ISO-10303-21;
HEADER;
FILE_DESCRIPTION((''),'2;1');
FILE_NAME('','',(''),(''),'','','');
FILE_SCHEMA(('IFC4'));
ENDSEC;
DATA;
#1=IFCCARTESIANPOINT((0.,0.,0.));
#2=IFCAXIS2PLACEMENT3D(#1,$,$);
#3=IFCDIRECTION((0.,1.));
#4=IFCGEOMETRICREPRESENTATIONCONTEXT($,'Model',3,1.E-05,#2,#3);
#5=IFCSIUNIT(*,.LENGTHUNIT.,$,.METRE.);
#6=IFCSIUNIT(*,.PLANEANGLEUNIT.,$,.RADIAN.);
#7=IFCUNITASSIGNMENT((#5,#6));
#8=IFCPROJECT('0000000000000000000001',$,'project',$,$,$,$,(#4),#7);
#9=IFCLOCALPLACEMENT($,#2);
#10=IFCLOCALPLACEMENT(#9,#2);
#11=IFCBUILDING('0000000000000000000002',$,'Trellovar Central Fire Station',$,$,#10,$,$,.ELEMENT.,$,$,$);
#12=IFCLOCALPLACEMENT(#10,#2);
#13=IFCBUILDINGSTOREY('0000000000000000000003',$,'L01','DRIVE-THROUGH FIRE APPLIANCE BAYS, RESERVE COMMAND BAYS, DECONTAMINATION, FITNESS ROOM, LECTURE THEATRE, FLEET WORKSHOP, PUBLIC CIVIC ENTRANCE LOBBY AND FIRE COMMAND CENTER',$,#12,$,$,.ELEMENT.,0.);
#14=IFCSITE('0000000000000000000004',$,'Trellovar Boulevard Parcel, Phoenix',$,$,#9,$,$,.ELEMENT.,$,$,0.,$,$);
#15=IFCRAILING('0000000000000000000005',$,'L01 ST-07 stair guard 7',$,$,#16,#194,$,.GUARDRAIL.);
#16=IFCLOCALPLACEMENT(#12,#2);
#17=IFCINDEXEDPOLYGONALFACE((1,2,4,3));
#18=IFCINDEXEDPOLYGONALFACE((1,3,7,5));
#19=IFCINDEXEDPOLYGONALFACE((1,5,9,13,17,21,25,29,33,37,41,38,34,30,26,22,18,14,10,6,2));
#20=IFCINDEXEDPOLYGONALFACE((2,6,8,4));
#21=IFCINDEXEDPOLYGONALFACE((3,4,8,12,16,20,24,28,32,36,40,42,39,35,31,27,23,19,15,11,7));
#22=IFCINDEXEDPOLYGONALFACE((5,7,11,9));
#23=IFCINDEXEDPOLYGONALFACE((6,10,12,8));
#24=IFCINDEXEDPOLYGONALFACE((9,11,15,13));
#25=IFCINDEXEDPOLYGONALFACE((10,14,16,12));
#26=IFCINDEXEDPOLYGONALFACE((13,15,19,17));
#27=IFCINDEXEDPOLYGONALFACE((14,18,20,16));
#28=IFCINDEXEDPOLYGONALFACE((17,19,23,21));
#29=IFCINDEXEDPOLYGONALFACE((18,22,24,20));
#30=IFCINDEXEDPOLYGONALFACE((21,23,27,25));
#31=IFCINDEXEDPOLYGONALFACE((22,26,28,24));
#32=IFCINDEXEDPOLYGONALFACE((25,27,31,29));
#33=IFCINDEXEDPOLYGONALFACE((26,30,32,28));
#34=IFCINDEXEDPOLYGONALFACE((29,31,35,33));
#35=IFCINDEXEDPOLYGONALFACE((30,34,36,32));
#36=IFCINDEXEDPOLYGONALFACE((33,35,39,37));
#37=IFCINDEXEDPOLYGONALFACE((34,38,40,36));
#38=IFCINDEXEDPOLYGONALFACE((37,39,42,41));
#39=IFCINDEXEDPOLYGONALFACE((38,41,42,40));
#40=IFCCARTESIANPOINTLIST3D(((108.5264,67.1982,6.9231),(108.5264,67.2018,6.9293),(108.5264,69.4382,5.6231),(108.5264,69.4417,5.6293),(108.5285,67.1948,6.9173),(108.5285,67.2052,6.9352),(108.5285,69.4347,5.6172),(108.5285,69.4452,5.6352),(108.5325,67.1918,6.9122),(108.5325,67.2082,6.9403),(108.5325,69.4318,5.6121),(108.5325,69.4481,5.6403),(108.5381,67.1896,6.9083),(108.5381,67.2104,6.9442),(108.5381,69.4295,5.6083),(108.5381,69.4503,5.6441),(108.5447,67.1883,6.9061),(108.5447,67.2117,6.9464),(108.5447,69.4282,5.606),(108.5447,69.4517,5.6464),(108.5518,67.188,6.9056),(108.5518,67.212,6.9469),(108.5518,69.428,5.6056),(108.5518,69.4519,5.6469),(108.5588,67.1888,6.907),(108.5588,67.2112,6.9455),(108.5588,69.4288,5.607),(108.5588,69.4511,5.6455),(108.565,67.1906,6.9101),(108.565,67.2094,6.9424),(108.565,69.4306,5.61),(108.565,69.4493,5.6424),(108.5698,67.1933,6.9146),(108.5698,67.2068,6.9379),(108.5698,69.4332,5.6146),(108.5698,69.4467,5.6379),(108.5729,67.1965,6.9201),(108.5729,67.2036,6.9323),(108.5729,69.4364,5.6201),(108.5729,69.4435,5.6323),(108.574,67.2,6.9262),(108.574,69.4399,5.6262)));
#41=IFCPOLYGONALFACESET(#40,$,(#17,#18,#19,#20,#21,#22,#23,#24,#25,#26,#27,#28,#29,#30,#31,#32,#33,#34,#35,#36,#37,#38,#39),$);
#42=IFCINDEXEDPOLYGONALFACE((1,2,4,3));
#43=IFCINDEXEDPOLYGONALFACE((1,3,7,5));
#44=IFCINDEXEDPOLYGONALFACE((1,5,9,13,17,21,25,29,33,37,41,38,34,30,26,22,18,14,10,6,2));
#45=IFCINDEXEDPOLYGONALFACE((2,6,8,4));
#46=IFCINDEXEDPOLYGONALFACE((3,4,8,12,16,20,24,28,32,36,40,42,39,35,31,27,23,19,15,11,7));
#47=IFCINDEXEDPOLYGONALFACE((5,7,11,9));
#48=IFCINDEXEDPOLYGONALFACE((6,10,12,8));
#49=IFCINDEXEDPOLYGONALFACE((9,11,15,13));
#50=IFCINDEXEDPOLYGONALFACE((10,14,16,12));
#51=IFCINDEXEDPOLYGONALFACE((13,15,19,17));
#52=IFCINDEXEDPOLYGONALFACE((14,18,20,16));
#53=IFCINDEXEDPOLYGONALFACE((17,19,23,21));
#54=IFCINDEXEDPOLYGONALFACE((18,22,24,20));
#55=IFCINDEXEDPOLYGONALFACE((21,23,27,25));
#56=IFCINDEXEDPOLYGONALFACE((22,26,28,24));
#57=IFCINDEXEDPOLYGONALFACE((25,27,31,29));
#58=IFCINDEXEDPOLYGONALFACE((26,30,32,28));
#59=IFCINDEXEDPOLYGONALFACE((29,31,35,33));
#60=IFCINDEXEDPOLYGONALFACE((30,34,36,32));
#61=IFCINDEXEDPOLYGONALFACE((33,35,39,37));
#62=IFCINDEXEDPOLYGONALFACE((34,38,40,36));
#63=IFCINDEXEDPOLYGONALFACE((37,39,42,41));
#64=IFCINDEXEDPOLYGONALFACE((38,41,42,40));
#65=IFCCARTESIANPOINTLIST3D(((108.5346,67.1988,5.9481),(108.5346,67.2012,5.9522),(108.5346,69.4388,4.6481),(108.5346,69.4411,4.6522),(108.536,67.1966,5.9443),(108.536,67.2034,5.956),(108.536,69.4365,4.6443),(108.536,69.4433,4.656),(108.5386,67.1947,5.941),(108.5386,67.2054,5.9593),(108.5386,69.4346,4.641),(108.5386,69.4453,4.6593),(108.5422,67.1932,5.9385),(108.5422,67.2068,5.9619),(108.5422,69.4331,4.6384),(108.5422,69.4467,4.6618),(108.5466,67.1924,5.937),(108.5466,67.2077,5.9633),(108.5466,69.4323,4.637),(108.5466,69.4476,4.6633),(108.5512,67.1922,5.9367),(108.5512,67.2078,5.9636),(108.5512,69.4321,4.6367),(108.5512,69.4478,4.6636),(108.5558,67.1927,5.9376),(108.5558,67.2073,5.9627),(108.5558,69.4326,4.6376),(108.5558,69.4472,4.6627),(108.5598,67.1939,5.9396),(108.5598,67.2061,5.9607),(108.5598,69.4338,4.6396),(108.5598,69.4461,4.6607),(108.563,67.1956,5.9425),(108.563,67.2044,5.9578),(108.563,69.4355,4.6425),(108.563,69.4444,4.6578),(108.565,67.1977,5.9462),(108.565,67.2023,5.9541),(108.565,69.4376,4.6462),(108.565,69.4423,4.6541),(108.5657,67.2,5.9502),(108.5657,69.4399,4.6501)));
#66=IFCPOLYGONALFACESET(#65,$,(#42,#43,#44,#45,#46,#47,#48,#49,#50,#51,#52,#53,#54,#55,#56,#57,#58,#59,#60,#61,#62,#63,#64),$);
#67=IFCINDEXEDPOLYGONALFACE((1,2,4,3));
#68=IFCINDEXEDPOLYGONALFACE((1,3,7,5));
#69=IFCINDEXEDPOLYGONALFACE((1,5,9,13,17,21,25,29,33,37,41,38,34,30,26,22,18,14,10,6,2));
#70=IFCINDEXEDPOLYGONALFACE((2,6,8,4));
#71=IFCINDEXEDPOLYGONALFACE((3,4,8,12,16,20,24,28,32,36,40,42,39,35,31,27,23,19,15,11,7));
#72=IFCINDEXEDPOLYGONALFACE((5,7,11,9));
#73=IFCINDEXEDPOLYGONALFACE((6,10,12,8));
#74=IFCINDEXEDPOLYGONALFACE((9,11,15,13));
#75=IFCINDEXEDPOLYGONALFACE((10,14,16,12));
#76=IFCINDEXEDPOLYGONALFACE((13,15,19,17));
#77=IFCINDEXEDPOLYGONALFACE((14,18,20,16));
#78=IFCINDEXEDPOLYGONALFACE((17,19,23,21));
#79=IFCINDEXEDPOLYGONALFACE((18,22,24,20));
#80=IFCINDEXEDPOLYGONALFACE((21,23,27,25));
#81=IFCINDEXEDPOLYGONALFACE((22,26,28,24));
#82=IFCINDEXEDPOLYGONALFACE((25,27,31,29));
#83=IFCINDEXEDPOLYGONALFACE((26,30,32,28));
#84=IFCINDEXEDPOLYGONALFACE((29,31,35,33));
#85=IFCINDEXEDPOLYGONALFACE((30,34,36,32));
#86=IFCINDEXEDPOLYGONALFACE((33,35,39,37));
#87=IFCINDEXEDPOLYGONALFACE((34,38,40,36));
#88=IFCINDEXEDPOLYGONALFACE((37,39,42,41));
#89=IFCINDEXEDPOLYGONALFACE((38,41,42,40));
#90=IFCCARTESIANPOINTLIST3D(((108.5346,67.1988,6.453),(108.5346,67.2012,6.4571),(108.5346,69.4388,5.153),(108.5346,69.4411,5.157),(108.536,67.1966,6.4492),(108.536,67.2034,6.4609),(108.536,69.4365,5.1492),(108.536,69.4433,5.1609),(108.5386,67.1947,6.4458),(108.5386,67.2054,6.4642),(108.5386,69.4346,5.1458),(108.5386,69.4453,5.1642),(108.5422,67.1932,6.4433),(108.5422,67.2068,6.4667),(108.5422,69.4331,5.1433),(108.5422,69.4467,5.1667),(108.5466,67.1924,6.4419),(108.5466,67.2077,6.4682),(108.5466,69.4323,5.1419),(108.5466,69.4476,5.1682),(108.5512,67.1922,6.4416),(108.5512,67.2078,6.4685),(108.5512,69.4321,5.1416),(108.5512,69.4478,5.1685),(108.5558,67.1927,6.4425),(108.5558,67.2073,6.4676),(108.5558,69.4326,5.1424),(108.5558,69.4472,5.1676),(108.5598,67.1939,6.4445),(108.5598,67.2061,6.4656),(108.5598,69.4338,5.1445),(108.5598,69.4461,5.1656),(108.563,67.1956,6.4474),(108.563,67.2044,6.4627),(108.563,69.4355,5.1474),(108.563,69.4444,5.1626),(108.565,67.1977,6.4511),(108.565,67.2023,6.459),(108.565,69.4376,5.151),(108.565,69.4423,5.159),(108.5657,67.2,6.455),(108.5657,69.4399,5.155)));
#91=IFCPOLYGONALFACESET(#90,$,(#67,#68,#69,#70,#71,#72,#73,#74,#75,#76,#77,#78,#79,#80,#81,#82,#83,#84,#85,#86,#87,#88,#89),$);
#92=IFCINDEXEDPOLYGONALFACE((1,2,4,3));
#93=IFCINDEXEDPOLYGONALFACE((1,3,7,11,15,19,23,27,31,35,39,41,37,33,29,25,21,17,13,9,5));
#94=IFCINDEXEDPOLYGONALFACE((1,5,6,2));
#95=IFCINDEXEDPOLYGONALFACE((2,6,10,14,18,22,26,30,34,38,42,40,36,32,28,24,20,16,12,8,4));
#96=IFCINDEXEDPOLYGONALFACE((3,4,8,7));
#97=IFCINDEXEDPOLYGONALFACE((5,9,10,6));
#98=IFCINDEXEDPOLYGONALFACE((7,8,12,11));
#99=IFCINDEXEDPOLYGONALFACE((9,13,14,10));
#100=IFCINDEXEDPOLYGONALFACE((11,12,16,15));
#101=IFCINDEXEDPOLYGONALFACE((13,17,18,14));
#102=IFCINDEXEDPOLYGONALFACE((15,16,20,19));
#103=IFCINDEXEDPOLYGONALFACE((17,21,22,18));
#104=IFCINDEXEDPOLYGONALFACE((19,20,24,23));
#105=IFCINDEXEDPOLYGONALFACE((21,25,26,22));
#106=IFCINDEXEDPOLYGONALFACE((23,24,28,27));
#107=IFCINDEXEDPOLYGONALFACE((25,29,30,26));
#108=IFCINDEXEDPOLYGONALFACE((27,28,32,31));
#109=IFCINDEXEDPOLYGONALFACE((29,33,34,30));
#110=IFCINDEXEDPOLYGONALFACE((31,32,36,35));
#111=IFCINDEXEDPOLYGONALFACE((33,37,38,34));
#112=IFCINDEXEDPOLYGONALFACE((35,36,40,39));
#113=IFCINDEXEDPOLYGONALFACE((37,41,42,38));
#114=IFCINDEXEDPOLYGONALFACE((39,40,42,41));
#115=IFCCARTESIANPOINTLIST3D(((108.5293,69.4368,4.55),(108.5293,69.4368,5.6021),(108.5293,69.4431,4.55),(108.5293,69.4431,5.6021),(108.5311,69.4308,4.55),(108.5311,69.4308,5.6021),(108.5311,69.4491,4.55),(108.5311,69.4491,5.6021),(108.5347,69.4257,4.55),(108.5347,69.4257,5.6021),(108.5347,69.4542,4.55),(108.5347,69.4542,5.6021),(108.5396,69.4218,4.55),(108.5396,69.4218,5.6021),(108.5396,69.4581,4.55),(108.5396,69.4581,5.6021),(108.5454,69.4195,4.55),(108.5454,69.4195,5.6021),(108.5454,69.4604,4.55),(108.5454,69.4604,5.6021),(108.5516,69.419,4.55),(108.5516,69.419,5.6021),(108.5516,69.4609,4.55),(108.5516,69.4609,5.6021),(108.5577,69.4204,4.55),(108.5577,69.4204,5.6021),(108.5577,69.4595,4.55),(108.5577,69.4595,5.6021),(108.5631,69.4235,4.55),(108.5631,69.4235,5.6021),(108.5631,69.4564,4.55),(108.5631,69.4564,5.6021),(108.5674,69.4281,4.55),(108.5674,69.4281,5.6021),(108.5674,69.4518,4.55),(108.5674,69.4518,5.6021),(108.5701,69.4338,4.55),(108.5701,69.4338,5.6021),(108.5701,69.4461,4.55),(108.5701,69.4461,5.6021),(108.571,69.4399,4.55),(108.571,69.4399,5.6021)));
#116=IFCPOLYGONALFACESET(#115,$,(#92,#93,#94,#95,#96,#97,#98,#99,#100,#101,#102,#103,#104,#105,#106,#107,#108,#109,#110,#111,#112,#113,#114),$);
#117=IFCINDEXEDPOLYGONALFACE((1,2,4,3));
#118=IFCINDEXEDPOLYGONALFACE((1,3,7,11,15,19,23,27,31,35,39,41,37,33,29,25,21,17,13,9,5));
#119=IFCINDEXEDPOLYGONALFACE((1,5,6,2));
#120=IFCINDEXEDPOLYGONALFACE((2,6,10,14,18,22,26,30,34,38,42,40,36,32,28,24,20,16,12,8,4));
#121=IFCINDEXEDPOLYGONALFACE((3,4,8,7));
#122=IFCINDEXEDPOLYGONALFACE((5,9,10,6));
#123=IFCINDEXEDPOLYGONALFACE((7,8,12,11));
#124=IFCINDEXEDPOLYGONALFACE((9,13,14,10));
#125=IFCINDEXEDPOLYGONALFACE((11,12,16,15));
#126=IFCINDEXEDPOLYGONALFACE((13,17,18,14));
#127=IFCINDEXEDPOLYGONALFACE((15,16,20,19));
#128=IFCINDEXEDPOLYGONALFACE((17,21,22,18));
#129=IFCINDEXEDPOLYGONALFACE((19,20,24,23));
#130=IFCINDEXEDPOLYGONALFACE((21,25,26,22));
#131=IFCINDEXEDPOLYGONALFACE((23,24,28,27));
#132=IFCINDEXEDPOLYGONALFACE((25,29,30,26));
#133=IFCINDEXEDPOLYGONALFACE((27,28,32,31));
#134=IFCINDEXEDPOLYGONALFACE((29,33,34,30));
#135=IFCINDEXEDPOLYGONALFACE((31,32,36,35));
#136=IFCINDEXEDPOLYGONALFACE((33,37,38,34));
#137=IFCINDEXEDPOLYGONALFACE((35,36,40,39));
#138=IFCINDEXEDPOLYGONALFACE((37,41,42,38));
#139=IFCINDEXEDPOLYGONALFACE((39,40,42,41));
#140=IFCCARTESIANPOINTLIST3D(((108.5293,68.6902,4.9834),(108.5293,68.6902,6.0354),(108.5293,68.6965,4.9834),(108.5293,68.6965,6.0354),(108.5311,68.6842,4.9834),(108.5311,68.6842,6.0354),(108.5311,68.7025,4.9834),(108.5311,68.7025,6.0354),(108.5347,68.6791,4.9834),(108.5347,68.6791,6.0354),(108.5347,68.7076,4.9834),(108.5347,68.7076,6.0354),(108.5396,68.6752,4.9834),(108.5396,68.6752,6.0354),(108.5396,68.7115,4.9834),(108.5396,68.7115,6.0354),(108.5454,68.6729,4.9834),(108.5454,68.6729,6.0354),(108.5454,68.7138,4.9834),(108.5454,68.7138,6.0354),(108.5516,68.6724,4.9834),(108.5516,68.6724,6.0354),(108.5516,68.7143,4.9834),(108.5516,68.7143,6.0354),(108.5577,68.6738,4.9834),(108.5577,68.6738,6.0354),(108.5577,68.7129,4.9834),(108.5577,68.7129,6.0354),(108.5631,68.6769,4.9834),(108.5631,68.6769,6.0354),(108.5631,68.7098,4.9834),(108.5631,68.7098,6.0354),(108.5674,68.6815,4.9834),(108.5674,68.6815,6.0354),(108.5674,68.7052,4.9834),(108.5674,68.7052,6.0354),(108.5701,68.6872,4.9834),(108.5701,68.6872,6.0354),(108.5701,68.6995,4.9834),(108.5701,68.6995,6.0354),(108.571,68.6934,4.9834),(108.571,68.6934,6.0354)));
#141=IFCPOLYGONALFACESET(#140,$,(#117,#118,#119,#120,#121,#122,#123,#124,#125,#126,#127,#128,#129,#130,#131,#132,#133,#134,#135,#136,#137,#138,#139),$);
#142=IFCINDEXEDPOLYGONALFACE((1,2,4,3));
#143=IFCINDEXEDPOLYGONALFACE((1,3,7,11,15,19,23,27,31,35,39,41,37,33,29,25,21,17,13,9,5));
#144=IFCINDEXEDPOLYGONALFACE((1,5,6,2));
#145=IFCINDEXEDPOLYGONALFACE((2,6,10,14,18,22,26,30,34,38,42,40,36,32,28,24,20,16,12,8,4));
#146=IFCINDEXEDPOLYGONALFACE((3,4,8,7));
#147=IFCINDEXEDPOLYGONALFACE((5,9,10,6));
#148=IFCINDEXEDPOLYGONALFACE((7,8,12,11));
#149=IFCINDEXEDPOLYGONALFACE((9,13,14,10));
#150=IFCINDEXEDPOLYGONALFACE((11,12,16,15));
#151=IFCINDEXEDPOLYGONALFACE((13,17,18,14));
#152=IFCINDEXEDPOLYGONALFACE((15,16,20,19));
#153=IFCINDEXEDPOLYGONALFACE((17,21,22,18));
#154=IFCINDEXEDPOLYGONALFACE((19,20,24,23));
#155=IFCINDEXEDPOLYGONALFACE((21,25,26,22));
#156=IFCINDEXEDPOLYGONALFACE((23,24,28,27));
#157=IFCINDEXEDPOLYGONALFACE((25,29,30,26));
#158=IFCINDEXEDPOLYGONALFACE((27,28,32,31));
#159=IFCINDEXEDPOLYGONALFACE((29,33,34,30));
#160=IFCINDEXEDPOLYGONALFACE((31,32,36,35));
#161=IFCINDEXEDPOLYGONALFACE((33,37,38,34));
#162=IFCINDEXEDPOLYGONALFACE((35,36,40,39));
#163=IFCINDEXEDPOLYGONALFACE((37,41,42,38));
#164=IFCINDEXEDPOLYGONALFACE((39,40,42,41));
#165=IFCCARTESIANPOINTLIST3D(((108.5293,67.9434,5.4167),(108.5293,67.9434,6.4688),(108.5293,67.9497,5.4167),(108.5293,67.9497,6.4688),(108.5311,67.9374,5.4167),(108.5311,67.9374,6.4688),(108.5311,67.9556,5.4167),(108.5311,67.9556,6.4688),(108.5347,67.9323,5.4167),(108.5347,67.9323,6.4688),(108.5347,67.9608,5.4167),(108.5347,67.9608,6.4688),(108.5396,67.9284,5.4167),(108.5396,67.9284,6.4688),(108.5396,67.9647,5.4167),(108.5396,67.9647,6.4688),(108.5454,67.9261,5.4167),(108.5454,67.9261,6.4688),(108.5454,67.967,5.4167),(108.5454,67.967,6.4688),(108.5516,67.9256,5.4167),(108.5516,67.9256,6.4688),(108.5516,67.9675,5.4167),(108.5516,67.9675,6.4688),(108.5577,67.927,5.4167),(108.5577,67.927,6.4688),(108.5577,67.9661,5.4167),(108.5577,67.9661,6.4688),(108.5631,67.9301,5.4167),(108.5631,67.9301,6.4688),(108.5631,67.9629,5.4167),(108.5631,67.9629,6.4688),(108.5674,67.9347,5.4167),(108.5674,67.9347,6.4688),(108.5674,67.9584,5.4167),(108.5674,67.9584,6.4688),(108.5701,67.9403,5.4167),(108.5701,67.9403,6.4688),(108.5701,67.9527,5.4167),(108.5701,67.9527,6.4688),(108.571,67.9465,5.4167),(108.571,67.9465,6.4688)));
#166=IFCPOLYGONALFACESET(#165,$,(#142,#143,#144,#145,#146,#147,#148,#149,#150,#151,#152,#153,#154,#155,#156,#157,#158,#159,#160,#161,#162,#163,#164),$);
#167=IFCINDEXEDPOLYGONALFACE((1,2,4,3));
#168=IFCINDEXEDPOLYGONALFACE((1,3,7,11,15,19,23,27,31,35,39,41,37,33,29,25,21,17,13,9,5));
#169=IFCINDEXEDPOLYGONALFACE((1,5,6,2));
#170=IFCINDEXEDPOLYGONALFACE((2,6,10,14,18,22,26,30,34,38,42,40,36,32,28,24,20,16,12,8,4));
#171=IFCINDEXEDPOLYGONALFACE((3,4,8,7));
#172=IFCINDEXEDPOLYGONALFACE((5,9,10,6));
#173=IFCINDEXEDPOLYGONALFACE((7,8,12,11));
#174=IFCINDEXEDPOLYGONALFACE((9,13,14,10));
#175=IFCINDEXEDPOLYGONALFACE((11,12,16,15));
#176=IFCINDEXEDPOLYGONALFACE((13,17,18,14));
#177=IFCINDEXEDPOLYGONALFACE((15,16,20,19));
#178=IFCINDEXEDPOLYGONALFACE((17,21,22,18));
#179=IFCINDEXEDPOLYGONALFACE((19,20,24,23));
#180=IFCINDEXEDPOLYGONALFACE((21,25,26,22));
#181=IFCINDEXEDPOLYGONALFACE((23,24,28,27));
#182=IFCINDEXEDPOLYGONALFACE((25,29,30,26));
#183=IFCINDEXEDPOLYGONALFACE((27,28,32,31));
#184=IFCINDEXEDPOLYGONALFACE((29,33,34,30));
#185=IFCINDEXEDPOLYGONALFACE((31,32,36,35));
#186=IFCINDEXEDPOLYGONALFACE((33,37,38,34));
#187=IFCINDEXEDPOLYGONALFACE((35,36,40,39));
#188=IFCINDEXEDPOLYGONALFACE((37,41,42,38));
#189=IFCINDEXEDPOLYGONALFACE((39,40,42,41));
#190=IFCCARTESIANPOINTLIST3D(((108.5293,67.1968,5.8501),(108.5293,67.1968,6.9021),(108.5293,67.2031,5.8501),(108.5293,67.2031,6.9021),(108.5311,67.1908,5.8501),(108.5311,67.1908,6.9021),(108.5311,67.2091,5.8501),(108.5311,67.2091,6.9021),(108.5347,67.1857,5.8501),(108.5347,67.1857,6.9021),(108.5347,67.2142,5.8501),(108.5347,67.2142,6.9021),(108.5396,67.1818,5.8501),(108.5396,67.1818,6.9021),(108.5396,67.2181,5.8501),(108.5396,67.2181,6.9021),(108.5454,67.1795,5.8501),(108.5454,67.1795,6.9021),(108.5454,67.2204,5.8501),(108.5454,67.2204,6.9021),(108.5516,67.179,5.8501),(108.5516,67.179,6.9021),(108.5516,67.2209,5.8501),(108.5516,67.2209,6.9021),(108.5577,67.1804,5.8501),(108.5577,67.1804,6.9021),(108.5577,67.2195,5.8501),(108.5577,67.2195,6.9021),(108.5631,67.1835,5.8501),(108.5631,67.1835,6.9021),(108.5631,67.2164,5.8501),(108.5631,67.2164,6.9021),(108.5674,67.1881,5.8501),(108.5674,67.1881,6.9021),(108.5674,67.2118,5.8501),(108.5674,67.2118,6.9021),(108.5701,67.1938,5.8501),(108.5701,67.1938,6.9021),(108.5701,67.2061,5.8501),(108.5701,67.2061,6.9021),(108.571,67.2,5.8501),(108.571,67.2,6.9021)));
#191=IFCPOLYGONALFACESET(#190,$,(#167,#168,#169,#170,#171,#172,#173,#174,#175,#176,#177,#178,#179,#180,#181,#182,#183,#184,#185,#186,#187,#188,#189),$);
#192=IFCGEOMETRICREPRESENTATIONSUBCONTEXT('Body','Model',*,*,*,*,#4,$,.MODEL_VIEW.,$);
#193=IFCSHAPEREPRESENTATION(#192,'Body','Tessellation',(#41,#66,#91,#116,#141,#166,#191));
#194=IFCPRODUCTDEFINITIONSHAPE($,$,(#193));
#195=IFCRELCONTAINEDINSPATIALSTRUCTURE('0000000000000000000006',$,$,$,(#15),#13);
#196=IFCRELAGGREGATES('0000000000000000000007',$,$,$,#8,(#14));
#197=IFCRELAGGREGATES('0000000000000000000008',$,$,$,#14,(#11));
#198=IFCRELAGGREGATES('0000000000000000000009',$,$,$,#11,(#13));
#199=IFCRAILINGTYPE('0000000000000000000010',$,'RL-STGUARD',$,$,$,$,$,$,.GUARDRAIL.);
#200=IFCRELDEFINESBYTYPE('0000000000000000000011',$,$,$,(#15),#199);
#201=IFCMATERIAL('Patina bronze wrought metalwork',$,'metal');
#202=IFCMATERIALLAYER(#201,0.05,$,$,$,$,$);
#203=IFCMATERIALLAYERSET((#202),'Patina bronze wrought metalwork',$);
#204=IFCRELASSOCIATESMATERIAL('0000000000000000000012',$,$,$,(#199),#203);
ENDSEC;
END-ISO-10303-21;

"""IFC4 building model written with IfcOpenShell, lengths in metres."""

from ifc_helpers import new_model, si_unit, direction, frame, origin, origin_2d, place, context, subcontext, project, spatial, circle, extrude, material, layer, layer_set, type_object, element, save


model = new_model("IFC4")

# Units and contexts
model_context = context("Model", 3, precision=1e-05, world=origin(), true_north=direction((0.0, 1.0)))
body_context = subcontext(model_context, "Body", "Model", "MODEL_VIEW")
ifc_project = project(units=[si_unit("LENGTHUNIT", "METRE"), si_unit("PLANEANGLEUNIT", "RADIAN")], contexts=[model_context])

# Site, building, storey
site_placement = place(None, origin())
site = spatial("IfcSite", under=ifc_project, at=site_placement, Name="Trellovar Boulevard Parcel, Phoenix", CompositionType="ELEMENT", RefElevation=0.0)
building_placement = place(site_placement, origin())
building = spatial("IfcBuilding", under=site, at=building_placement, Name="Trellovar Central Fire Station", CompositionType="ELEMENT")
storey_placement = place(building_placement, origin())
storey = spatial("IfcBuildingStorey", under=building, at=storey_placement, Name="L01", Description="DRIVE-THROUGH FIRE APPLIANCE BAYS, RESERVE COMMAND BAYS, DECONTAMINATION, FITNESS ROOM, LECTURE THEATRE, FLEET WORKSHOP, PUBLIC CIVIC ENTRANCE LOBBY AND FIRE COMMAND CENTER", CompositionType="ELEMENT", Elevation=0.0)

# Railing
ifc_material_1 = material(Name="Patina bronze wrought metalwork", Category="metal")
ifc_layer_1 = layer(ifc_material_1, 0.05)
ifc_layer_set_1 = layer_set([ifc_layer_1], Name="Patina bronze wrought metalwork")
railing_type_1 = type_object("IfcRailingType", Name="RL-STGUARD", PredefinedType="GUARDRAIL", material=ifc_layer_set_1)
railing_1_placement = place(storey_placement, frame((108.55, 69.4399, 4.55)))
element("IfcRailing", 1, at=railing_1_placement, inside=storey, type_object=railing_type_1, Name="L01 ST-07 stair guard 7", PredefinedType="GUARDRAIL", context=body_context, shape_type="SweptSolid", body=[
    extrude(circle(Radius=0.0239, at=origin_2d()), frame((0.0, 0.0, 1.0762), z_axis=(0.0, -0.864888, 0.501965), x_axis=(1.0, 0.0, 0.0)), (0.0, 0.0, 1.0), 2.5898),
    extrude(circle(Radius=0.0156, at=origin_2d()), frame((0.0, 0.0, 0.1001), z_axis=(0.0, -0.864888, 0.501965), x_axis=(1.0, 0.0, 0.0)), (0.0, 0.0, 1.0), 2.5898),
    extrude(circle(Radius=0.0156, at=origin_2d()), frame((0.0, 0.0, 0.605), z_axis=(0.0, -0.864888, 0.501965), x_axis=(1.0, 0.0, 0.0)), (0.0, 0.0, 1.0), 2.5898),
    extrude(circle(Radius=0.021, at=origin_2d()), origin(), (0.0, 0.0, 1.0), 1.052),
    extrude(circle(Radius=0.021, at=origin_2d()), frame((0.0, -0.7466, 0.4333)), (0.0, 0.0, 1.0), 1.052),
    extrude(circle(Radius=0.021, at=origin_2d()), frame((0.0, -1.4934, 0.8667)), (0.0, 0.0, 1.0), 1.052),
    extrude(circle(Radius=0.021, at=origin_2d()), frame((0.0, -2.24, 1.3)), (0.0, 0.0, 1.0), 1.052),
])

save(model, "model.ifc")
